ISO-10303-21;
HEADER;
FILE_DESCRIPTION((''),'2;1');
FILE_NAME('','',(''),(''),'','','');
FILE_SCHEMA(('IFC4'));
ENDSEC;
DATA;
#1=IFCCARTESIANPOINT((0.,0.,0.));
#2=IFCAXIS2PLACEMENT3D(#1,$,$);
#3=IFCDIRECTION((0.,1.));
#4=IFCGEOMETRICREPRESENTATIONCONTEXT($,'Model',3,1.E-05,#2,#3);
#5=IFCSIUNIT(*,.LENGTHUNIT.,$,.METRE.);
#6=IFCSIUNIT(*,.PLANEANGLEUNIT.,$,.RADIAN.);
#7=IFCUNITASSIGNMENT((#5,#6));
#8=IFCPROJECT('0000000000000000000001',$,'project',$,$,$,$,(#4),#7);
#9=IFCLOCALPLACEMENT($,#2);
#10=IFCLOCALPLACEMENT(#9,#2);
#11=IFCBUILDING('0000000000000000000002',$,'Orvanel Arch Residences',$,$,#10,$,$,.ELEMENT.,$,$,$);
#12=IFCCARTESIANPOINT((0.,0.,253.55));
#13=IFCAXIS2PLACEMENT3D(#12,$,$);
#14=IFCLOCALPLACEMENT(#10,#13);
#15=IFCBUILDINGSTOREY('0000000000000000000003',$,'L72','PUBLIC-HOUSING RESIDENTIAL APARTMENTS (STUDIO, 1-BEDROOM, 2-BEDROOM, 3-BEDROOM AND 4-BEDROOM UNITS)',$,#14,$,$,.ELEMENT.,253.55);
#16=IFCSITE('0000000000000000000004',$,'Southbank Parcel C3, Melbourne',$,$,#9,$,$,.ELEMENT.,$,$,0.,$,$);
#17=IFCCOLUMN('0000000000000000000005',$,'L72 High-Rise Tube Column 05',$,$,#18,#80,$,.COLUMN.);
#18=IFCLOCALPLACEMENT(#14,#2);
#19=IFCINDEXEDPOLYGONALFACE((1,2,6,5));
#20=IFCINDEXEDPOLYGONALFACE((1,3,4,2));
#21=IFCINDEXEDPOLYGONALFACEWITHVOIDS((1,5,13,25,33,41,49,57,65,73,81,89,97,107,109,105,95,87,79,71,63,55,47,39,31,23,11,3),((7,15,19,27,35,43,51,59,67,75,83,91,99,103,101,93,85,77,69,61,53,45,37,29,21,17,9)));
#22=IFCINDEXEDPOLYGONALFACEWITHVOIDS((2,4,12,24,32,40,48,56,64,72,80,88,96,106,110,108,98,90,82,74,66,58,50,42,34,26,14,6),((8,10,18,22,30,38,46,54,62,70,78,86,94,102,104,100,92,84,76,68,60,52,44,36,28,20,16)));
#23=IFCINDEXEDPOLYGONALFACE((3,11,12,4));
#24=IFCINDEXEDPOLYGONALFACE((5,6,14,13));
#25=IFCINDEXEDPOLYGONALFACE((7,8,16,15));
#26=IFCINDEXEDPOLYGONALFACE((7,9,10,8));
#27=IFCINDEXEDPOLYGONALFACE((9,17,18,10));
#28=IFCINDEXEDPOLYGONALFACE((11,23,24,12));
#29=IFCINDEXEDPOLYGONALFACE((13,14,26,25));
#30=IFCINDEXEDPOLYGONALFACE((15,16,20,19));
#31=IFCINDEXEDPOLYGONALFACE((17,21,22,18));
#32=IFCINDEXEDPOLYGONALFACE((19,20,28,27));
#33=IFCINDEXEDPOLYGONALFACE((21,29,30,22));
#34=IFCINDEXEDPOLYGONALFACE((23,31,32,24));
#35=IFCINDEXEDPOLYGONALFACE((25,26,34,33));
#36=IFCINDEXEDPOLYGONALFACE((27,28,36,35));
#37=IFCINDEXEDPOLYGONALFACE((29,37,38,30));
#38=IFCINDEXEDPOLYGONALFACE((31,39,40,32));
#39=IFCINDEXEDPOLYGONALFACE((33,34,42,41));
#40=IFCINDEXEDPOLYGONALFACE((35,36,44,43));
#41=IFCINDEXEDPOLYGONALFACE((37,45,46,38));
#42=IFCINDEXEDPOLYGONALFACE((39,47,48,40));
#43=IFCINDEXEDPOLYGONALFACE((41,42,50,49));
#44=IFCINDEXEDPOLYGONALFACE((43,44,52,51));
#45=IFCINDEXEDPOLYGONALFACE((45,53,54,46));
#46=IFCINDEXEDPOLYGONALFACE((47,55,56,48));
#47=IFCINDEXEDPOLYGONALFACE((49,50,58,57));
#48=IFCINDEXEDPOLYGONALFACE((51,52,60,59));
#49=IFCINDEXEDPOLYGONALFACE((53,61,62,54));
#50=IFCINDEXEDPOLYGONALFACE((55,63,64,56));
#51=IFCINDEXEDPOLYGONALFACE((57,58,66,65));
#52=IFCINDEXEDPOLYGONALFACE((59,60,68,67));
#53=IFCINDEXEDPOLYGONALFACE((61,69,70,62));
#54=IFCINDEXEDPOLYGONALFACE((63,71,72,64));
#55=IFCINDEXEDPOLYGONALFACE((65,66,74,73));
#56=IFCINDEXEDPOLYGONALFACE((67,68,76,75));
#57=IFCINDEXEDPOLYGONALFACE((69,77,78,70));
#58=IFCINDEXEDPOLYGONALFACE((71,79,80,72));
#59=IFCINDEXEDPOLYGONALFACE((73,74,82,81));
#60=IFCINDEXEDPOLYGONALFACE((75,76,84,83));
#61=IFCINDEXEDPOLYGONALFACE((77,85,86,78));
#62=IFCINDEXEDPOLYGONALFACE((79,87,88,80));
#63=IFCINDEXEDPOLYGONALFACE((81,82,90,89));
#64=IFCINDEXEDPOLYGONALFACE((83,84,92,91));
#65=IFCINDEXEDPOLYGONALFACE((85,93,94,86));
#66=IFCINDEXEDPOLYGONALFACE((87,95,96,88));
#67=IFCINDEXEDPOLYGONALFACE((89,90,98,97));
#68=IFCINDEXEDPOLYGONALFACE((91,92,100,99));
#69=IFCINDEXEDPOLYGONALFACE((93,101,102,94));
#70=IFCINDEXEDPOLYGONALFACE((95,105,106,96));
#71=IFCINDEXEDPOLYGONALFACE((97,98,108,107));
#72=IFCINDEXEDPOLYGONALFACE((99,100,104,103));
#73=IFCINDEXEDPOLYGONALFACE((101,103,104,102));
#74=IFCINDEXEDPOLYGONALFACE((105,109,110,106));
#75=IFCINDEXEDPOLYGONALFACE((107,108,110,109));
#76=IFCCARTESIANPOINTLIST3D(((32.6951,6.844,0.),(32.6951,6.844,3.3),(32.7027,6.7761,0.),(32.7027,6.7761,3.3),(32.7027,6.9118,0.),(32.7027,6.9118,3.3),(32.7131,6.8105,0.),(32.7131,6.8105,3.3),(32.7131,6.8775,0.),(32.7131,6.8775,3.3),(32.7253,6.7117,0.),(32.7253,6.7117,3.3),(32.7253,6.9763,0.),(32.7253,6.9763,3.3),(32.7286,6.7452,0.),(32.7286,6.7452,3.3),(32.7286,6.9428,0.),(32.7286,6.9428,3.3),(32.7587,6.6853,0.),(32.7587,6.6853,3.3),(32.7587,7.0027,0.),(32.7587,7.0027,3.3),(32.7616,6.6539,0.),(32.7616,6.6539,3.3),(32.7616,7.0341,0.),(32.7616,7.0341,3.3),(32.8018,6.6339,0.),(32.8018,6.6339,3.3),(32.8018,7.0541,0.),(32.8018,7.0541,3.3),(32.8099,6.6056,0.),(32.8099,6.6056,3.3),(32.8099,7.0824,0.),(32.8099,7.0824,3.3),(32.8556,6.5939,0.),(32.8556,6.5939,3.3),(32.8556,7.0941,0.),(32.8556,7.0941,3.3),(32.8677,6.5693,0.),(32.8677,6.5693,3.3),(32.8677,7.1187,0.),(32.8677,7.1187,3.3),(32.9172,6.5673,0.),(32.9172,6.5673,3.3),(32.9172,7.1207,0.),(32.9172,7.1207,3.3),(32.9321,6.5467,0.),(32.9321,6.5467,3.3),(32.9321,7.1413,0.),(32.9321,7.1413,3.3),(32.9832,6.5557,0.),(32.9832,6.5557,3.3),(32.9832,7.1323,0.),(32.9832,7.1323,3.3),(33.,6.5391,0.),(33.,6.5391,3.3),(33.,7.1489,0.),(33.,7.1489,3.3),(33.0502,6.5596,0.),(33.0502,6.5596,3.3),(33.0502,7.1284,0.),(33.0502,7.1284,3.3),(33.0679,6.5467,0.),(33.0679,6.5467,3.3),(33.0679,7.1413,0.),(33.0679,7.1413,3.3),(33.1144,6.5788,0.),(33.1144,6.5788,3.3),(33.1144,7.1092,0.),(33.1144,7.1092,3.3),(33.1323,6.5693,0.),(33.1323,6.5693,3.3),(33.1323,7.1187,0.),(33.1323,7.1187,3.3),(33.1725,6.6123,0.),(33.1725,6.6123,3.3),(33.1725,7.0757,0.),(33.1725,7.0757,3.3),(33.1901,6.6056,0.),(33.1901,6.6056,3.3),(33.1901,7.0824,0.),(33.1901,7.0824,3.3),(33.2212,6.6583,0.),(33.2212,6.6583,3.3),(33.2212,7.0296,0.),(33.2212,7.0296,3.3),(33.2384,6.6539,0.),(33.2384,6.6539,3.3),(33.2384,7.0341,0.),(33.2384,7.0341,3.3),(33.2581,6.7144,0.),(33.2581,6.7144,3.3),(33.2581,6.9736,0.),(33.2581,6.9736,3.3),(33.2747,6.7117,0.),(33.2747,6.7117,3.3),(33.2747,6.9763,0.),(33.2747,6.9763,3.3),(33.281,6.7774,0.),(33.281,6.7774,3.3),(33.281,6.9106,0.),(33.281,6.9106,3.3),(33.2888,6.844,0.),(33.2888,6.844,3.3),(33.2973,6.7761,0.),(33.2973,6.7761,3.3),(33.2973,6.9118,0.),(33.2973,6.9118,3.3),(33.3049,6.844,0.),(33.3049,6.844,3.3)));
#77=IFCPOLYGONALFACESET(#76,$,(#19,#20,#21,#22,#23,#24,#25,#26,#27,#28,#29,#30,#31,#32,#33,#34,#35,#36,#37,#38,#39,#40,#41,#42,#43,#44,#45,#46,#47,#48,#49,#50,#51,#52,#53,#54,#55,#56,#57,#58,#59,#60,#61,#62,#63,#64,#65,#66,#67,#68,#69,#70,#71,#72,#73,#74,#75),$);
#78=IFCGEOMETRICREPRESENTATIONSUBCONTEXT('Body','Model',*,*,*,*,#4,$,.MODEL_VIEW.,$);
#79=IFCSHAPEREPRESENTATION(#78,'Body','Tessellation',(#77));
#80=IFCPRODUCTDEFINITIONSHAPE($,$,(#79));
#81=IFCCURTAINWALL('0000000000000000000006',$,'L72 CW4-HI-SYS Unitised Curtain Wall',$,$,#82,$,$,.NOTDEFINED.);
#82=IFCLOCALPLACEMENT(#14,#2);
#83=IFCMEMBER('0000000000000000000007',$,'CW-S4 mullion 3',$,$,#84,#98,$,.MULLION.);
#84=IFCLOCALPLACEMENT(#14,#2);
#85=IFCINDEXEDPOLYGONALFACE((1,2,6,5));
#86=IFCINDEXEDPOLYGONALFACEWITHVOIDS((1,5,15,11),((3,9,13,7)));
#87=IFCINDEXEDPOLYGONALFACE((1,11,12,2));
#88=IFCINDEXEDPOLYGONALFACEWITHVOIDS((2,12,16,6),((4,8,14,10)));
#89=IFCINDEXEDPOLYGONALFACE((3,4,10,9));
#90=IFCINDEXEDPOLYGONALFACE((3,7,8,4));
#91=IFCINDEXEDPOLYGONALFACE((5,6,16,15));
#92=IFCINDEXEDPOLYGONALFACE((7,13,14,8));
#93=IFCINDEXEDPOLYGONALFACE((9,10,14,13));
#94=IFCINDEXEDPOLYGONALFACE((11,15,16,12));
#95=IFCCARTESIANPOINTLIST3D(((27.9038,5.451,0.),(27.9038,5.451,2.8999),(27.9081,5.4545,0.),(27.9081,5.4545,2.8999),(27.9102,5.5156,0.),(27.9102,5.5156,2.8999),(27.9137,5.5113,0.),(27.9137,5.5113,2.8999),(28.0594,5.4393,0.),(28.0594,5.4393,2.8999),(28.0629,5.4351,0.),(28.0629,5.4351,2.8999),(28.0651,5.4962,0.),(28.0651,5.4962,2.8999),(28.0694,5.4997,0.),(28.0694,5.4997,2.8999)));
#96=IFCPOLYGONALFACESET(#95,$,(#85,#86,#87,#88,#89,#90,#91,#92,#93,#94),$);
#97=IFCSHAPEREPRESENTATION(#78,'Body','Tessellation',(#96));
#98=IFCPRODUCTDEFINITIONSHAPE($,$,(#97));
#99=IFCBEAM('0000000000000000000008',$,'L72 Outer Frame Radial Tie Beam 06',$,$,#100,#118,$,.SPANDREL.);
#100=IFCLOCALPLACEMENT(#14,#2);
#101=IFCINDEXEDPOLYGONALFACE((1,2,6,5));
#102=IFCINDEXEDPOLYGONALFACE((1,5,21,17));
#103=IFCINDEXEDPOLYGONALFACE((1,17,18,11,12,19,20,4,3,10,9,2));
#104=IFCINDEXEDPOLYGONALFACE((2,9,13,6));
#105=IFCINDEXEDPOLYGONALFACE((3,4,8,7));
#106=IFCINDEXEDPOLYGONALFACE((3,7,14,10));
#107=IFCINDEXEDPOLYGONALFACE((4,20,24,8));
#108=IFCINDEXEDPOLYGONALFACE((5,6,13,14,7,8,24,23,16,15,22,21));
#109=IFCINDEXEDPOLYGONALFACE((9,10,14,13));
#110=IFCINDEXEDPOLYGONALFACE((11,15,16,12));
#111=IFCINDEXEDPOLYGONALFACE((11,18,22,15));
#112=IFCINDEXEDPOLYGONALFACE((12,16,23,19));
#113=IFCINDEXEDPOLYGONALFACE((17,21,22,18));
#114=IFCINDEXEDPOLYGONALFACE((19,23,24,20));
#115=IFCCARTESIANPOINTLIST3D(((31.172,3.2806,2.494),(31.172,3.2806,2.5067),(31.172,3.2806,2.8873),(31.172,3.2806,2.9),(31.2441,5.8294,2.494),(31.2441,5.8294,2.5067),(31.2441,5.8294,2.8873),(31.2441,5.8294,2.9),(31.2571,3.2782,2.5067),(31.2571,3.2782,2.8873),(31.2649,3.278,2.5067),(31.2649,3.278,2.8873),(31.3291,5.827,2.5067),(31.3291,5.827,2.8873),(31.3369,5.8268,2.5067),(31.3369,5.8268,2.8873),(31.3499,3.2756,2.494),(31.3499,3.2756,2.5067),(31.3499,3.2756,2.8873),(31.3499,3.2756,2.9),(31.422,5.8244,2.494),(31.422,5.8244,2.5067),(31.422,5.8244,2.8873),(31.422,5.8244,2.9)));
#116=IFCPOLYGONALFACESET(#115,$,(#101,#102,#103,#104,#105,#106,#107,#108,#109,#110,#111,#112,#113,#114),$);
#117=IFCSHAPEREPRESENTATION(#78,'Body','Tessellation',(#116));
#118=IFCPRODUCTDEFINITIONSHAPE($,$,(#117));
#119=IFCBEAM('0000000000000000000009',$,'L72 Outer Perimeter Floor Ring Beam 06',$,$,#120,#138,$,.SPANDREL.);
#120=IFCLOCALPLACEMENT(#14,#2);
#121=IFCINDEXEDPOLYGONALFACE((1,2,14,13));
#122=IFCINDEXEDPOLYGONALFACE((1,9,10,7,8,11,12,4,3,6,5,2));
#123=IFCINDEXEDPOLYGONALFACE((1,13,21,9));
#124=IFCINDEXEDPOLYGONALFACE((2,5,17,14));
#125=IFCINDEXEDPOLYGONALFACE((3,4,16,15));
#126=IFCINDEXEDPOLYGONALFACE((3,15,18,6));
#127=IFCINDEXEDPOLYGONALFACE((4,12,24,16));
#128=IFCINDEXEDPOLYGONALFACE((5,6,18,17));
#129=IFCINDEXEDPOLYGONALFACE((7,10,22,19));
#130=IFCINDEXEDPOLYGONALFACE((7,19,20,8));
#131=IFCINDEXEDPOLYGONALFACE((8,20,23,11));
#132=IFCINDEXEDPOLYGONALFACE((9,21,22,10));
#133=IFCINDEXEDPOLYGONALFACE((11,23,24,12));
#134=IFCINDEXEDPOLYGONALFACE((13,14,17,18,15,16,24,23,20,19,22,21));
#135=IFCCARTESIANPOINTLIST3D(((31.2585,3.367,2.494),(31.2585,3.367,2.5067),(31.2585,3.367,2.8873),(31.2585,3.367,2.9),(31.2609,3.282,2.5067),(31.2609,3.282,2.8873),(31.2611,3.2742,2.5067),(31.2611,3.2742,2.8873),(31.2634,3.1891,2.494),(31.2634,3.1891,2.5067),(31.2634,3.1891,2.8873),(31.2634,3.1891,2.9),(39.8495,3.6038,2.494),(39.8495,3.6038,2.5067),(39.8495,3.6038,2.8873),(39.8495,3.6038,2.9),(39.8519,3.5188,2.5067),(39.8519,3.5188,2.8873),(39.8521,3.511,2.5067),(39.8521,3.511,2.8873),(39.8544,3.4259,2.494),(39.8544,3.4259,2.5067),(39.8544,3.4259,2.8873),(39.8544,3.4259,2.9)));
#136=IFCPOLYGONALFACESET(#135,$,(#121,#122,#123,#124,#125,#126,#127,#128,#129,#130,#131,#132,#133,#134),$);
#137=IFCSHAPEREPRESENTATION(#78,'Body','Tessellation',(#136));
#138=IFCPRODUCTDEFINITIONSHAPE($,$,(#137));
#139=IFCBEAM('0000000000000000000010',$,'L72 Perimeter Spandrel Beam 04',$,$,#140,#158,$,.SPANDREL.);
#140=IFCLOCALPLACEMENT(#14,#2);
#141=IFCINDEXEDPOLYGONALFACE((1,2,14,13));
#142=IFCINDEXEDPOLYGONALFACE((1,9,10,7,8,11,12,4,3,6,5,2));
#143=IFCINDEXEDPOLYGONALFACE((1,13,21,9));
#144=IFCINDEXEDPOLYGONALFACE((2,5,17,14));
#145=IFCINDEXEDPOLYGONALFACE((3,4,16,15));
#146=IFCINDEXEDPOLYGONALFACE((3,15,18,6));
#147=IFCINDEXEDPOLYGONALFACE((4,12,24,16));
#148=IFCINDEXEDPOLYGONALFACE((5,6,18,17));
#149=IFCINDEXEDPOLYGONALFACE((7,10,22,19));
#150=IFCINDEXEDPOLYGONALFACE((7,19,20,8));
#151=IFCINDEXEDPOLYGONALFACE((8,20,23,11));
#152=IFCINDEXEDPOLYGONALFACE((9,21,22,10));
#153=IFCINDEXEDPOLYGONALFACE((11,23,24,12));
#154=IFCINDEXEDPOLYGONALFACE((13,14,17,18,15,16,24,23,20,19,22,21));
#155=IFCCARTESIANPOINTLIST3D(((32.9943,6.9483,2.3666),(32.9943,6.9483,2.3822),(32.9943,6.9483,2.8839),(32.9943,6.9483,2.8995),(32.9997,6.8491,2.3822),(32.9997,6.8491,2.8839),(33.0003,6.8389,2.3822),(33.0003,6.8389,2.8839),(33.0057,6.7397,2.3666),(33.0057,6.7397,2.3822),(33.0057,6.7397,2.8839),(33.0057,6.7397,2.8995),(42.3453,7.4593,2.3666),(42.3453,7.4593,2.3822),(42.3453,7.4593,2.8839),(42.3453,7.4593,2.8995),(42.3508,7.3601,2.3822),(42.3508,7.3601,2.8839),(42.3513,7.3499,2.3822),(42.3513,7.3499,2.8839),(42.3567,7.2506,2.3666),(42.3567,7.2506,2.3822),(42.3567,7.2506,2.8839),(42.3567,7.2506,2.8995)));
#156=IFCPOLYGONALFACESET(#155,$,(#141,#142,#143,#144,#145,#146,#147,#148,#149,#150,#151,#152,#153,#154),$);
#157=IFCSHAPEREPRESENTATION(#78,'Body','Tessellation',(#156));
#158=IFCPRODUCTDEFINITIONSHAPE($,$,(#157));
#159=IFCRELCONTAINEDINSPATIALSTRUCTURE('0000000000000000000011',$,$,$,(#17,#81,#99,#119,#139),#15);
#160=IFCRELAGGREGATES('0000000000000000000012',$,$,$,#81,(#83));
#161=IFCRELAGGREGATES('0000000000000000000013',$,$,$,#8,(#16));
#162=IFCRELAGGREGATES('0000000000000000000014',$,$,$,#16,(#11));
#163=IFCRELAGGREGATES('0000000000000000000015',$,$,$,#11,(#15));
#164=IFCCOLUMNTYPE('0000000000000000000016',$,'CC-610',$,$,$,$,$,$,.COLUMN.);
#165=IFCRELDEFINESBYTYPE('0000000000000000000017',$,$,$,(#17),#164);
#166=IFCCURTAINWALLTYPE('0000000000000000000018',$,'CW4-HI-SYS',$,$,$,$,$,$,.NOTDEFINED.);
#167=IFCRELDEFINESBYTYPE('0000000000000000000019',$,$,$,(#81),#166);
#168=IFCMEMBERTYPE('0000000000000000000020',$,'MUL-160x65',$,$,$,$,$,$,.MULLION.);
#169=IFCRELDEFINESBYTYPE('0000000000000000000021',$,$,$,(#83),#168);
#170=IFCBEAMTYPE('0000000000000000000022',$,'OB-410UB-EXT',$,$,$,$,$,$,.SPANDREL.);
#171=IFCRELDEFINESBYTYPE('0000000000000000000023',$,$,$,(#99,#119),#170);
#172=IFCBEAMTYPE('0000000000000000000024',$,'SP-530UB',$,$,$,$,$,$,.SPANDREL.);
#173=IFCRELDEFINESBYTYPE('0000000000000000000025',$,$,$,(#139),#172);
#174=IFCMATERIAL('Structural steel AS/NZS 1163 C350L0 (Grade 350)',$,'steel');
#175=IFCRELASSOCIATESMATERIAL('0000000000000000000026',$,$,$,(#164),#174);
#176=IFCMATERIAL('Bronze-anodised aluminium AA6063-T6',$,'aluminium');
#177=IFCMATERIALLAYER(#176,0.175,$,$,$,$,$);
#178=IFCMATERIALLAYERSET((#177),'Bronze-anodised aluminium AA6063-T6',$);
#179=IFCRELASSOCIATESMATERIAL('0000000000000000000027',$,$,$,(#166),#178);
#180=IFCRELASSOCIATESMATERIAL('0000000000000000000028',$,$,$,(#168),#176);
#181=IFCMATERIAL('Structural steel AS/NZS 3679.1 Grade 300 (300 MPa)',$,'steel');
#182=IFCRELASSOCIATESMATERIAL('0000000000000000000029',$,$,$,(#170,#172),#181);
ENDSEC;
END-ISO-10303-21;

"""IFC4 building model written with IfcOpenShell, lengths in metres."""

from ifc_helpers import new_model, si_unit, direction, frame, origin, origin_2d, place, context, subcontext, project, spatial, hollow_rectangle, hollow_circle, i_section, extrude, material, layer, layer_set, material_profile, profile_set, type_object, element, aggregate, save


model = new_model("IFC4")

# Units and contexts
model_context = context("Model", 3, precision=1e-05, world=origin(), true_north=direction((0.0, 1.0)))
body_context = subcontext(model_context, "Body", "Model", "MODEL_VIEW")
ifc_project = project(units=[si_unit("LENGTHUNIT", "METRE"), si_unit("PLANEANGLEUNIT", "RADIAN")], contexts=[model_context])

# Site, building, storey
site_placement = place(None, origin())
site = spatial("IfcSite", under=ifc_project, at=site_placement, Name="Southbank Parcel C3, Melbourne", CompositionType="ELEMENT", RefElevation=0.0)
building_placement = place(site_placement, origin())
building = spatial("IfcBuilding", under=site, at=building_placement, Name="Orvanel Arch Residences", CompositionType="ELEMENT")
storey_placement = place(building_placement, frame((0.0, 0.0, 253.55)))
storey = spatial("IfcBuildingStorey", under=building, at=storey_placement, Name="L72", Description="PUBLIC-HOUSING RESIDENTIAL APARTMENTS (STUDIO, 1-BEDROOM, 2-BEDROOM, 3-BEDROOM AND 4-BEDROOM UNITS)", CompositionType="ELEMENT", Elevation=253.55)

# Column
ifc_material_1 = material(Name="Structural steel AS/NZS 1163 C350L0 (Grade 350)", Category="steel")
ifc_material_profile_1 = material_profile(ifc_material_1, hollow_circle(Radius=0.3049, WallThickness=0.0161, at=origin_2d()), Name="CHS610x16")
ifc_profile_set_1 = profile_set([ifc_material_profile_1], Name="Structural steel AS/NZS 1163 C350L0 (Grade 350)")
column_type = type_object("IfcColumnType", Name="CC-610", PredefinedType="COLUMN", material=ifc_profile_set_1)
column_placement = place(storey_placement, frame((33.0, 6.844, 0.0), z_axis=(0.0, 0.0, 1.0), x_axis=(1.0, 0.0, 0.0)))
element("IfcColumn", 1, at=column_placement, inside=storey, type_object=column_type, Name="L72 High-Rise Tube Column 05", PredefinedType="COLUMN", context=body_context, shape_type="SweptSolid", body=[
    extrude(hollow_circle(Radius=0.3049, WallThickness=0.0161, at=origin_2d()), origin(), (0.0, 0.0, 1.0), 3.3),
])

# Curtain wall, member
ifc_material_2 = material(Name="Bronze-anodised aluminium AA6063-T6", Category="aluminium")
ifc_layer_1 = layer(ifc_material_2, 0.175)
ifc_layer_set_1 = layer_set([ifc_layer_1], Name="Bronze-anodised aluminium AA6063-T6")
curtain_wall_type = type_object("IfcCurtainWallType", Name="CW4-HI-SYS", PredefinedType="NOTDEFINED", material=ifc_layer_set_1)
curtain_wall_placement = place(storey_placement, origin())
curtain_wall = element("IfcCurtainWall", 2, at=curtain_wall_placement, inside=storey, type_object=curtain_wall_type, Name="L72 CW4-HI-SYS Unitised Curtain Wall", PredefinedType="NOTDEFINED")
ifc_material_profile_2 = material_profile(ifc_material_2, hollow_rectangle(XDim=0.0649, YDim=0.1599, WallThickness=0.0039, at=origin_2d()), Name="ALU160x65x4")
ifc_profile_set_2 = profile_set([ifc_material_profile_2], Name="Bronze-anodised aluminium AA6063-T6")
member_type_1 = type_object("IfcMemberType", Name="MUL-160x65", PredefinedType="MULLION", material=ifc_profile_set_2)
member_1_placement = place(storey_placement, frame((27.9866, 5.4753, 0.0), z_axis=(0.0, 0.0, 1.0), x_axis=(0.099583, 0.995029, 0.0)))
member_1 = element("IfcMember", 3, at=member_1_placement, type_object=member_type_1, Name="CW-S4 mullion 3", PredefinedType="MULLION", context=body_context, shape_type="SweptSolid", body=[
    extrude(hollow_rectangle(XDim=0.0649, YDim=0.1599, WallThickness=0.0039, at=origin_2d()), origin(), (0.0, 0.0, 1.0), 2.8999),
])

# Beams
ifc_material_3 = material(Name="Structural steel AS/NZS 3679.1 Grade 300 (300 MPa)", Category="steel")
ifc_material_profile_3 = material_profile(ifc_material_3, i_section(OverallWidth=0.178, OverallDepth=0.406, WebThickness=0.0078, FlangeThickness=0.0127, at=origin_2d()), Name="410UB59.7")
ifc_profile_set_3 = profile_set([ifc_material_profile_3], Name="Structural steel AS/NZS 3679.1 Grade 300 (300 MPa)")
beam_type_1 = type_object("IfcBeamType", Name="OB-410UB-EXT", PredefinedType="SPANDREL", material=ifc_profile_set_3)
beam_1_placement = place(storey_placement, frame((31.333, 5.8269, 2.697), z_axis=(-0.028245, -0.999601, 0.0), x_axis=(0.999601, -0.028245, 0.0)))
element("IfcBeam", 4, at=beam_1_placement, inside=storey, type_object=beam_type_1, Name="L72 Outer Frame Radial Tie Beam 06", PredefinedType="SPANDREL", context=body_context, shape_type="SweptSolid", body=[
    extrude(i_section(OverallWidth=0.178, OverallDepth=0.406, WebThickness=0.0078, FlangeThickness=0.0127, at=origin_2d()), origin(), (0.0, 0.0, 1.0), 2.5498),
])
beam_2_placement = place(storey_placement, frame((31.261, 3.2781, 2.697), z_axis=(0.99962, 0.027555, 0.0), x_axis=(-0.027555, 0.99962, 0.0)))
element("IfcBeam", 5, at=beam_2_placement, inside=storey, type_object=beam_type_1, Name="L72 Outer Perimeter Floor Ring Beam 06", PredefinedType="SPANDREL", context=body_context, shape_type="SweptSolid", body=[
    extrude(i_section(OverallWidth=0.178, OverallDepth=0.406, WebThickness=0.0078, FlangeThickness=0.0127, at=origin_2d()), origin(), (0.0, 0.0, 1.0), 8.5942),
])
ifc_material_profile_4 = material_profile(ifc_material_3, i_section(OverallWidth=0.209, OverallDepth=0.533, WebThickness=0.0103, FlangeThickness=0.0156, at=origin_2d()), Name="530UB92.4")
ifc_profile_set_4 = profile_set([ifc_material_profile_4], Name="Structural steel AS/NZS 3679.1 Grade 300 (300 MPa)")
beam_type_2 = type_object("IfcBeamType", Name="SP-530UB", PredefinedType="SPANDREL", material=ifc_profile_set_4)
beam_3_placement = place(storey_placement, frame((33.0, 6.844, 2.6331), z_axis=(0.99851, 0.054563, 0.0), x_axis=(-0.054563, 0.99851, 0.0)))
element("IfcBeam", 6, at=beam_3_placement, inside=storey, type_object=beam_type_2, Name="L72 Perimeter Spandrel Beam 04", PredefinedType="SPANDREL", context=body_context, shape_type="SweptSolid", body=[
    extrude(i_section(OverallWidth=0.209, OverallDepth=0.533, WebThickness=0.0103, FlangeThickness=0.0156, at=origin_2d()), origin(), (0.0, 0.0, 1.0), 9.365),
])

aggregate(curtain_wall, [member_1])

save(model, "model.ifc")
